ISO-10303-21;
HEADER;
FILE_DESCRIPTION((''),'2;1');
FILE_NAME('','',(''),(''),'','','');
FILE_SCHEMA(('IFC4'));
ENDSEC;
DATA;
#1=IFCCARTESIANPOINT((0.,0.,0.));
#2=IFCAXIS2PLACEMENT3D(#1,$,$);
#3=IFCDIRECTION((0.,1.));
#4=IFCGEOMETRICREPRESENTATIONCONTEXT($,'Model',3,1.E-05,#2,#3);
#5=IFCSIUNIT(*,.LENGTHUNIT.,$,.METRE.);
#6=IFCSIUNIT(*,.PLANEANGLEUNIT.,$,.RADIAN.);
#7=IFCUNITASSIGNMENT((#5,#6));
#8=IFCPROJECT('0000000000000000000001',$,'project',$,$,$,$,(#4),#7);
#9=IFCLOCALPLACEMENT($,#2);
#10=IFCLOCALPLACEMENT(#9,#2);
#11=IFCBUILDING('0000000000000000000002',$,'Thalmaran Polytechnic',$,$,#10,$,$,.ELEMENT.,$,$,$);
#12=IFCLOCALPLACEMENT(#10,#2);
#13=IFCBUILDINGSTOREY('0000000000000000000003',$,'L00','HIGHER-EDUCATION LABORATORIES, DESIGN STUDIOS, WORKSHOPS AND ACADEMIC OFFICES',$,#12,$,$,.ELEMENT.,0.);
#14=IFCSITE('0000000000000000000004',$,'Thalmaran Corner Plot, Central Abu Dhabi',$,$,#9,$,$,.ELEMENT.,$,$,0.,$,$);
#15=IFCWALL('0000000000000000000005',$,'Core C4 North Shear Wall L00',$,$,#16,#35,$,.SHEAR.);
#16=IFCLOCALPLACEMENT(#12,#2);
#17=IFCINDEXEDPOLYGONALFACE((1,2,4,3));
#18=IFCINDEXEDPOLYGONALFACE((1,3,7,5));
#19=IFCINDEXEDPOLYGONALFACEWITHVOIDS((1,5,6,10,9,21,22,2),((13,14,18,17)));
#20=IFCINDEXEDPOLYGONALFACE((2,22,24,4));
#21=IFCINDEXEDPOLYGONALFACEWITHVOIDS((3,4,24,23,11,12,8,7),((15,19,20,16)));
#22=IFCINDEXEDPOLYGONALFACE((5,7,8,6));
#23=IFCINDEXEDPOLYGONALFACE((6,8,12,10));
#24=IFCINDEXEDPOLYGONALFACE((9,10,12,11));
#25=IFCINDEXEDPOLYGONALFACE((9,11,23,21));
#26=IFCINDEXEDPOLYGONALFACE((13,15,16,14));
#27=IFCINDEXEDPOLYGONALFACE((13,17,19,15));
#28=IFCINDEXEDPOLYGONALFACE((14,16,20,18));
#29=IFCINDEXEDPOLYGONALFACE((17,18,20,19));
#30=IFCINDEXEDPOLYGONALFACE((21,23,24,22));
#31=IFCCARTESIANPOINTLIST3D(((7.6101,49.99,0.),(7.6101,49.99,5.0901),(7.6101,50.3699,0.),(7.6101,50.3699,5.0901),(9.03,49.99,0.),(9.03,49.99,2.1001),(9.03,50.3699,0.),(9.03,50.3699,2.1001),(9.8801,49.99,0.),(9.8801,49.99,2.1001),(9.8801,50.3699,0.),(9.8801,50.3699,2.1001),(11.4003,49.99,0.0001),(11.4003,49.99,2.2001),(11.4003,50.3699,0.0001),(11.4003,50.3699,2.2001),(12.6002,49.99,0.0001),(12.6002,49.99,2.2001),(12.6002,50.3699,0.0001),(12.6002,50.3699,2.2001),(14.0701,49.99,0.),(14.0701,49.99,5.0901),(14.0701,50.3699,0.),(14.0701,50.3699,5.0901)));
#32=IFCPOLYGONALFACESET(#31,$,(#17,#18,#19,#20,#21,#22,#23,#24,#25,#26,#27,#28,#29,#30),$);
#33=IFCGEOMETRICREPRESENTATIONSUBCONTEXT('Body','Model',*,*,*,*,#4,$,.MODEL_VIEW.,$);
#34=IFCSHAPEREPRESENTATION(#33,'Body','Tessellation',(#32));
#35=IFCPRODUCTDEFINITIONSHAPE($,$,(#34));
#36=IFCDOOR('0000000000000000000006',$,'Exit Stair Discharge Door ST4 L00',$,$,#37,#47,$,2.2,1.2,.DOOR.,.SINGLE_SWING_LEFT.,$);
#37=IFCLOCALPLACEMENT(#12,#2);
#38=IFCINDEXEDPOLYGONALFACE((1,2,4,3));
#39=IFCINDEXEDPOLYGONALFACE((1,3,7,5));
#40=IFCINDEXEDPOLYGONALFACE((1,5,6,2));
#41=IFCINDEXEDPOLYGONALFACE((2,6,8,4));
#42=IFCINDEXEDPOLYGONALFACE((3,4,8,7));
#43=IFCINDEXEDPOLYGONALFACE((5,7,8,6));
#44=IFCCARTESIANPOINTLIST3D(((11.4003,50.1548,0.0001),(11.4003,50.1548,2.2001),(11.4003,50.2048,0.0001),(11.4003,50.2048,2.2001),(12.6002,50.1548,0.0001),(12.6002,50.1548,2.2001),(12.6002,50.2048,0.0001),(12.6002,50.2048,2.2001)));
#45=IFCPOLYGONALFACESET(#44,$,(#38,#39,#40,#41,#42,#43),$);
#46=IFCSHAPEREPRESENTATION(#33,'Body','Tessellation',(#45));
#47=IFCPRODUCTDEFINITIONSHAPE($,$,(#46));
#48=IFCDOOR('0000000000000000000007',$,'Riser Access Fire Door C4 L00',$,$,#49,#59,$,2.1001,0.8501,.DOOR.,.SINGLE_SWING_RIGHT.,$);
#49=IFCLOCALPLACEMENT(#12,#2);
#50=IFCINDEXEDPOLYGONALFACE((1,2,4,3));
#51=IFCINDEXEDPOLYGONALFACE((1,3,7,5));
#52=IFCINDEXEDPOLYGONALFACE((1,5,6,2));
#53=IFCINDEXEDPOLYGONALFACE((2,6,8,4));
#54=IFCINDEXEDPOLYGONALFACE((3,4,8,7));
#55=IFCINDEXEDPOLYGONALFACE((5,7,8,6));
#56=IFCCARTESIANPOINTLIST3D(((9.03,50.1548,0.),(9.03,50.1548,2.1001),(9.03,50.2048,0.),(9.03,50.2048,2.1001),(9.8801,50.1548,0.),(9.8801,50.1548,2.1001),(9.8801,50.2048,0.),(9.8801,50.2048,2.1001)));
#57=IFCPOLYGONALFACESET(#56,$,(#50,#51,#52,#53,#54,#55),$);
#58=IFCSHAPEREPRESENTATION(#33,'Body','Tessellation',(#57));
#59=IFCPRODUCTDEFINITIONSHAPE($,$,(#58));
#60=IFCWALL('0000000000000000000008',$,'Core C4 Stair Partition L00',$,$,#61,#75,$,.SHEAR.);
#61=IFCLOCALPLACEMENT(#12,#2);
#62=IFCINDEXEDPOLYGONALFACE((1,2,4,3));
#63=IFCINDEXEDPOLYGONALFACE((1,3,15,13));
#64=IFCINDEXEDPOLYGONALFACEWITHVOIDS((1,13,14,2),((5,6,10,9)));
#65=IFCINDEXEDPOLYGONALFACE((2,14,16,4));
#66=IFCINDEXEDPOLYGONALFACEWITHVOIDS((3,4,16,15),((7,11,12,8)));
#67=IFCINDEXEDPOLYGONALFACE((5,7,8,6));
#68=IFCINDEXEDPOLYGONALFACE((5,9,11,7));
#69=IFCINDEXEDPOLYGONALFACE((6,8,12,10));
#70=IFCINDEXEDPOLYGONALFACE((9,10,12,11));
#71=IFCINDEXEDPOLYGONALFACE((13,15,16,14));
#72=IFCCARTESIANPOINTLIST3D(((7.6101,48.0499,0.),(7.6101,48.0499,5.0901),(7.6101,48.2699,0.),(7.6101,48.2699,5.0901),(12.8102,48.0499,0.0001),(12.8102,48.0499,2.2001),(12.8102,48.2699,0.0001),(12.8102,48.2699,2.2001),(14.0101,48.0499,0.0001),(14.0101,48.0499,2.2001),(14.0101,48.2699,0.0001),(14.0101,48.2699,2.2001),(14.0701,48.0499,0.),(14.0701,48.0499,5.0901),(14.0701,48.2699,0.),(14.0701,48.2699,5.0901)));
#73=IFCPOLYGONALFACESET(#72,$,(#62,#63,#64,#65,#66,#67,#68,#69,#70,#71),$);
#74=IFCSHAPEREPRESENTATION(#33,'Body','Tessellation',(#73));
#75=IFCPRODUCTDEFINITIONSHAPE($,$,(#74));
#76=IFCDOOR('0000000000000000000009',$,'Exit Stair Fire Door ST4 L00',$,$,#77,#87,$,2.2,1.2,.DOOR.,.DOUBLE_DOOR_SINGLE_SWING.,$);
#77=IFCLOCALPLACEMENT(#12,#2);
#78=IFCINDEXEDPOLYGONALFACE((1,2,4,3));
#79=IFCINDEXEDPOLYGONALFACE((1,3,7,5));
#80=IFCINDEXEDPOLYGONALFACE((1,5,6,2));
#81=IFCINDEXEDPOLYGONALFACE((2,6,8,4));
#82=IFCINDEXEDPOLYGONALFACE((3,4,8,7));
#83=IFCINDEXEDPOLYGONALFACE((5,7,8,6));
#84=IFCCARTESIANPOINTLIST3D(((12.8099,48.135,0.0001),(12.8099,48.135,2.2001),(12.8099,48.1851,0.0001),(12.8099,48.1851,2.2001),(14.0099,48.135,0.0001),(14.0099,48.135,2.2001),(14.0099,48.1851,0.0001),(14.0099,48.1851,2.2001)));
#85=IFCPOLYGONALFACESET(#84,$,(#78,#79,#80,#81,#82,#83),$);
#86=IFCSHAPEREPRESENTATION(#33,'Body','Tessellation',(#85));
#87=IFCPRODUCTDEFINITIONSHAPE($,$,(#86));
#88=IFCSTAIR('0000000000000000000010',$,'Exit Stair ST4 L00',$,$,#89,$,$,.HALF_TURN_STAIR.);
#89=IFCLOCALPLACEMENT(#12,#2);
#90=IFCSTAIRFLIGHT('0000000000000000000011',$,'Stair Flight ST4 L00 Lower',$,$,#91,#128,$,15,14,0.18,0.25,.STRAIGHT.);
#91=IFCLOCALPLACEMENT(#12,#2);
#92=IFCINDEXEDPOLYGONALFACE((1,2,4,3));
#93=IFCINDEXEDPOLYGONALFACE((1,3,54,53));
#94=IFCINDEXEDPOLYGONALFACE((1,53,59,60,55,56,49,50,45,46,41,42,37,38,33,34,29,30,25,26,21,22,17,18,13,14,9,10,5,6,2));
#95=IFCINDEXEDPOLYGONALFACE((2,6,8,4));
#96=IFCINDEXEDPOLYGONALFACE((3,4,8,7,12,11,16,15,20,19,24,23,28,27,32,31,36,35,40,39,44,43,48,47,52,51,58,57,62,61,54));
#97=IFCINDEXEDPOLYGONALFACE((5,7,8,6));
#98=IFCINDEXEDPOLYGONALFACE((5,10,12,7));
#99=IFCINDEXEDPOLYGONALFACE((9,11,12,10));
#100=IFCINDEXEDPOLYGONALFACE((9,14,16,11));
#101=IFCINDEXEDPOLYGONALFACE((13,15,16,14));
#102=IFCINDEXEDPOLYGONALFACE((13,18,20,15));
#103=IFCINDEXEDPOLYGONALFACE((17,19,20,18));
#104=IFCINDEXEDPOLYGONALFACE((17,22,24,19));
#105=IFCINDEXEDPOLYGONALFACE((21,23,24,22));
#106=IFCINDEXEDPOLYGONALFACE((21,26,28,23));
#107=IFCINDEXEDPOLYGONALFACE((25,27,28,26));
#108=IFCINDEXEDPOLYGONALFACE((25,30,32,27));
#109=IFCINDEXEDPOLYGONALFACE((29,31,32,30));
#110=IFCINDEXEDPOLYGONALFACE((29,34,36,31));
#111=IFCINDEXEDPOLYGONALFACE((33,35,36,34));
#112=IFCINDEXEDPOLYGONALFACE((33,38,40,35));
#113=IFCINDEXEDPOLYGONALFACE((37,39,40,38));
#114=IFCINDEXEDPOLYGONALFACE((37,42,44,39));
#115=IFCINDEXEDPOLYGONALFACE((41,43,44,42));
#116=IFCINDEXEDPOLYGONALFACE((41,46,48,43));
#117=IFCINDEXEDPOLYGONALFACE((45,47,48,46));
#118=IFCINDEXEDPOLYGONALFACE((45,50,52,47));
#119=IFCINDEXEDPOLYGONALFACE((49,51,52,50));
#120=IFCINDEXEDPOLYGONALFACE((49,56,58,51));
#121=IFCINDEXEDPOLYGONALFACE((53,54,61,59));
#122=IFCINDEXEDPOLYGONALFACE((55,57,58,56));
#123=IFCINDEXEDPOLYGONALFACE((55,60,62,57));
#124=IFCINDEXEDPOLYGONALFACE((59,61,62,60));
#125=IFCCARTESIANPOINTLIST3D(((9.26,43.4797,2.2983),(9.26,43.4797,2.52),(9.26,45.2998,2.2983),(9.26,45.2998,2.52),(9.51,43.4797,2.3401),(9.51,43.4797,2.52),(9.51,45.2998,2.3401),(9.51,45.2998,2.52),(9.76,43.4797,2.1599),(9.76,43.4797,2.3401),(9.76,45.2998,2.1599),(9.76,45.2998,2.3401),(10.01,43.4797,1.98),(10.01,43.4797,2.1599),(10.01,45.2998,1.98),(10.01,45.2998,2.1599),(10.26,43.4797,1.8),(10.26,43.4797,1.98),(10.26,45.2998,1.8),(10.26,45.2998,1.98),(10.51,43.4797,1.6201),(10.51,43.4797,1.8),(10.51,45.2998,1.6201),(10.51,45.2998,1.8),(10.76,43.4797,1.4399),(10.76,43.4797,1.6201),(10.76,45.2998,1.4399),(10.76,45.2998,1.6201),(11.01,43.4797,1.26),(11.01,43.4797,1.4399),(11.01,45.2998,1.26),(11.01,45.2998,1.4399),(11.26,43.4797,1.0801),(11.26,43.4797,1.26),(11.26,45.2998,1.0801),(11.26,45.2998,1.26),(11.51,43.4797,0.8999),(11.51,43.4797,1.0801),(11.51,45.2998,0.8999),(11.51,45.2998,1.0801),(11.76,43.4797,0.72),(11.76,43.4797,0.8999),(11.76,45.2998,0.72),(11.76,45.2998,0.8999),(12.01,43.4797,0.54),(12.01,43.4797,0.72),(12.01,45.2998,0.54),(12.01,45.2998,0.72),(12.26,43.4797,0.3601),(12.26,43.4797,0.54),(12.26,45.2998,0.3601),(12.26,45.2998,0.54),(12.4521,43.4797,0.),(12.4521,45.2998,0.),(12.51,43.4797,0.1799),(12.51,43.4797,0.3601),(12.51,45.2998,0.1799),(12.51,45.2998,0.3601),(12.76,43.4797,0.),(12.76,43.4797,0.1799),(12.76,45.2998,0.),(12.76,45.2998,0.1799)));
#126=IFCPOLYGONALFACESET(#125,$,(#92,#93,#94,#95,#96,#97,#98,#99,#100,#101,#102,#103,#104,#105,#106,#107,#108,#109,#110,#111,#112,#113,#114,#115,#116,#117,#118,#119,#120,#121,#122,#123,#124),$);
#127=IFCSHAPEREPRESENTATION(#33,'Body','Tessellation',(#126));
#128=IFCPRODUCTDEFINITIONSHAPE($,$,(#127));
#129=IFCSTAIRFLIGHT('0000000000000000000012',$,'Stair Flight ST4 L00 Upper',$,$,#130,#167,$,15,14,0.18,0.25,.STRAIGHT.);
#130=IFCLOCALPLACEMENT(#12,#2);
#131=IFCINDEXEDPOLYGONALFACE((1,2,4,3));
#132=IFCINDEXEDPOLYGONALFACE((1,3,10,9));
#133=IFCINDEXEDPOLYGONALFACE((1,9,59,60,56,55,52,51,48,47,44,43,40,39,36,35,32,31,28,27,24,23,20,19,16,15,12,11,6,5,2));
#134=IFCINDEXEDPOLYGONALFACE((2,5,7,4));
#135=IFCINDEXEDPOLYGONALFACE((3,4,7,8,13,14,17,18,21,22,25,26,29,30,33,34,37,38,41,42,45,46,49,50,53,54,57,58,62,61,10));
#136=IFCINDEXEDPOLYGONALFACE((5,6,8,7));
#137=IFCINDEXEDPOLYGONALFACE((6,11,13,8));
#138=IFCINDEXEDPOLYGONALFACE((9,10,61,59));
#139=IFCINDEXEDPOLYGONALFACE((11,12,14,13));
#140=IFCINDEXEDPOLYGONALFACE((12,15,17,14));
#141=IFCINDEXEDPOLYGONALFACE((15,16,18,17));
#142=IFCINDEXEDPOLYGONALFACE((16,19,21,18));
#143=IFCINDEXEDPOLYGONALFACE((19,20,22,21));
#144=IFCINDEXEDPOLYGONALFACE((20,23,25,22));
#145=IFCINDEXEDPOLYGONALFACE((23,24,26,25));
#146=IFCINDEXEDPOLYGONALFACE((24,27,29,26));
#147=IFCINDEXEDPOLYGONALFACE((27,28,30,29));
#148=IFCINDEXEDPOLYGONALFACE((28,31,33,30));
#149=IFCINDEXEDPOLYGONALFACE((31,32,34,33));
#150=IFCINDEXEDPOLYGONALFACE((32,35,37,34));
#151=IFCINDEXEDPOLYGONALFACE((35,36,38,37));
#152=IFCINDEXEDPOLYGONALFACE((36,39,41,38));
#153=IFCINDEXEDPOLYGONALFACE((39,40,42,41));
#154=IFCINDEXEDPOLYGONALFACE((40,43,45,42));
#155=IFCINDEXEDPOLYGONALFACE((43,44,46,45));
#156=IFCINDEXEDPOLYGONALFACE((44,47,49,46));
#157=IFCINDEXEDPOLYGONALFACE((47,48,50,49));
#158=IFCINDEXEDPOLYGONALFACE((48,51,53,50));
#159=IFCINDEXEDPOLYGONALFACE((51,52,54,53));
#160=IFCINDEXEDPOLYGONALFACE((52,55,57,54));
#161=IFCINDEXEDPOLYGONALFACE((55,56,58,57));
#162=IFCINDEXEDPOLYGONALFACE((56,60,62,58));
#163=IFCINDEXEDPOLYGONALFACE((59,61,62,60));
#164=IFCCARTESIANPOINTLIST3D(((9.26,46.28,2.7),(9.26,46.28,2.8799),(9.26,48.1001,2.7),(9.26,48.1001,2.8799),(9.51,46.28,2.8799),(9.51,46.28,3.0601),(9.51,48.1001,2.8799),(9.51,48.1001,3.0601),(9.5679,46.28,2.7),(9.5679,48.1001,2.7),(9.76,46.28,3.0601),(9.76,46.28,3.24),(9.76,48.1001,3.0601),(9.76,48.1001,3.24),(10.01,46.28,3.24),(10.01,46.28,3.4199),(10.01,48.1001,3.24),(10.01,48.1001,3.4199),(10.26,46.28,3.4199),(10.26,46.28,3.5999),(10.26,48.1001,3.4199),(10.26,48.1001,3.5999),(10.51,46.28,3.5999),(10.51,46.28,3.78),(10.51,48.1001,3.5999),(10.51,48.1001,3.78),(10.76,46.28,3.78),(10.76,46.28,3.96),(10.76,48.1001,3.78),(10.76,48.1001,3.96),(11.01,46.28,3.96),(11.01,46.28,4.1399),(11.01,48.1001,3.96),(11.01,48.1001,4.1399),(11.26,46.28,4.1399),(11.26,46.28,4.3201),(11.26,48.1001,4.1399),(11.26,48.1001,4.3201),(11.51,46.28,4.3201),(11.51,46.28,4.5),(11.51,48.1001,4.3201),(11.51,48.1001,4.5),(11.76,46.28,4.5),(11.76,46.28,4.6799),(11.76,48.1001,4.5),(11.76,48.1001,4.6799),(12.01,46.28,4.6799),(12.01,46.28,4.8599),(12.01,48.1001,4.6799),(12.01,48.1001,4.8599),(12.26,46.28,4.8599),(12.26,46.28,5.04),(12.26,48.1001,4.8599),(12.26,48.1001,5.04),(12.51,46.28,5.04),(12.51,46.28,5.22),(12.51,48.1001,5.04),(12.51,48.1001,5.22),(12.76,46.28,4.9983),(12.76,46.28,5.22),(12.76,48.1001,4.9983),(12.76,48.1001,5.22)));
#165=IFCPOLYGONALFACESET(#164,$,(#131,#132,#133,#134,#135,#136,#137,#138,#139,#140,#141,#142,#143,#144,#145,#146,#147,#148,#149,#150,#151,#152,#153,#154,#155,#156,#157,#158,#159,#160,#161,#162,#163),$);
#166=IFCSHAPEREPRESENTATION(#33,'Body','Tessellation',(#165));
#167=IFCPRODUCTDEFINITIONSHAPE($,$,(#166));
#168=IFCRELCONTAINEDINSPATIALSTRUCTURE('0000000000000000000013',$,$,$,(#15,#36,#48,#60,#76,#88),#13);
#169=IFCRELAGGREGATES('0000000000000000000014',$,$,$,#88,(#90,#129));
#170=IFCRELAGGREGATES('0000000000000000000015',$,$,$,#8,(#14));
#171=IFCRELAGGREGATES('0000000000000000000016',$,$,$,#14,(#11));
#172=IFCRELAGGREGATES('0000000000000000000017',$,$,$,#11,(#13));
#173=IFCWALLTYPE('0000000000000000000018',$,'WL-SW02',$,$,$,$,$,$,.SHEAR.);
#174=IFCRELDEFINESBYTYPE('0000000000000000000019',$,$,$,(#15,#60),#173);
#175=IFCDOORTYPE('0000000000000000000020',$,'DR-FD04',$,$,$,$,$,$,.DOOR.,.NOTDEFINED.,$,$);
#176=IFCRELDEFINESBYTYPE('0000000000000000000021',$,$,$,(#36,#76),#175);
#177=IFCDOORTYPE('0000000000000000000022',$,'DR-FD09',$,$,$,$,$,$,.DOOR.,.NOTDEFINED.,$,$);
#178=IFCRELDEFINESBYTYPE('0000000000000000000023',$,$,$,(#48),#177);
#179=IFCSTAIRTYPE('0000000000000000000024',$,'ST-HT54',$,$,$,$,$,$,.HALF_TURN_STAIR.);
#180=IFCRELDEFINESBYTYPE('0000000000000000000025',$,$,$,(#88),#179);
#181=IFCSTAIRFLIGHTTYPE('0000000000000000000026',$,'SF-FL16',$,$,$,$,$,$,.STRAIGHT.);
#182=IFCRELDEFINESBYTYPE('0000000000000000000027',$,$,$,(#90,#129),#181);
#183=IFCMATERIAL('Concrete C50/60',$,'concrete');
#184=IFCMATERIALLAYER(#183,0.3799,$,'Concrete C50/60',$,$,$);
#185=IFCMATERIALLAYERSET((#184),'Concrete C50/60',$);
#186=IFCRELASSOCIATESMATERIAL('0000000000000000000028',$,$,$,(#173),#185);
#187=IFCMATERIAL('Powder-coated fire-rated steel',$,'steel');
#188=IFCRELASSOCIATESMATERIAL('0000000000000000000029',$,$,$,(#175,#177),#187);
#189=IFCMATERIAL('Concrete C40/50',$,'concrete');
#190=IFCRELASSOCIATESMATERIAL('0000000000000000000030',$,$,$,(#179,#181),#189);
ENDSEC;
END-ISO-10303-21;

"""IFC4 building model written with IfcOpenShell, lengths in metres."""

from ifc_helpers import new_model, si_unit, direction, frame, frame_2d, origin, place, context, subcontext, project, spatial, polyline, rectangle, outline, extrude, material, layer, layer_set, type_object, element, fill, aggregate, save


model = new_model("IFC4")

# Units and contexts
model_context = context("Model", 3, precision=1e-05, world=origin(), true_north=direction((0.0, 1.0)))
body_context = subcontext(model_context, "Body", "Model", "MODEL_VIEW")
ifc_project = project(units=[si_unit("LENGTHUNIT", "METRE"), si_unit("PLANEANGLEUNIT", "RADIAN")], contexts=[model_context])

# Site, building, storey
site_placement = place(None, origin())
site = spatial("IfcSite", under=ifc_project, at=site_placement, Name="Thalmaran Corner Plot, Central Abu Dhabi", CompositionType="ELEMENT", RefElevation=0.0)
building_placement = place(site_placement, origin())
building = spatial("IfcBuilding", under=site, at=building_placement, Name="Thalmaran Polytechnic", CompositionType="ELEMENT")
storey_placement = place(building_placement, origin())
storey = spatial("IfcBuildingStorey", under=building, at=storey_placement, Name="L00", Description="HIGHER-EDUCATION LABORATORIES, DESIGN STUDIOS, WORKSHOPS AND ACADEMIC OFFICES", CompositionType="ELEMENT", Elevation=0.0)

# Shared definitions
ifc_material_1 = material(Name="Concrete C50/60", Category="concrete")

# Shared definitions
ifc_material_2 = material(Name="Concrete C40/50", Category="concrete")

# Shared definitions
ifc_layer_1 = layer(ifc_material_1, 0.3799, Name="Concrete C50/60")
ifc_layer_set_1 = layer_set([ifc_layer_1], Name="Concrete C50/60")
wall_type_1 = type_object("IfcWallType", Name="WL-SW02", PredefinedType="SHEAR", material=ifc_layer_set_1)

# Wall, openings, doors
wall_1_placement = place(storey_placement, frame((7.6101, 50.1799, 0.0), z_axis=(0.0, 0.0, 1.0), x_axis=(1.0, 0.0, 0.0)))
wall_1 = element("IfcWall", 1, at=wall_1_placement, inside=storey, type_object=wall_type_1, Name="Core C4 North Shear Wall L00", PredefinedType="SHEAR", context=body_context, shape_type="SweptSolid", body=[
    extrude(rectangle(XDim=6.46, YDim=0.3799, at=frame_2d((3.23, 0.0))), origin(), (0.0, 0.0, 1.0), 5.0901),
])
opening_1_placement = place(wall_1_placement, frame((1.4199, 0.0, 0.0)))
opening_1 = element("IfcOpeningElement", 2, at=opening_1_placement, cuts=wall_1, PredefinedType="OPENING", context=body_context, shape_type="SweptSolid", body=[
    extrude(rectangle(XDim=0.8501, YDim=2.1001, at=frame_2d((0.425, 1.05))), frame((0.0, 0.2, 0.0), z_axis=(0.0, -1.0, 0.0), x_axis=(1.0, 0.0, 0.0)), (0.0, 0.0, 1.0), 0.3999),
])
opening_2_placement = place(wall_1_placement, frame((3.79, 0.0, 0.0)))
opening_2 = element("IfcOpeningElement", 3, at=opening_2_placement, cuts=wall_1, PredefinedType="OPENING", context=body_context, shape_type="SweptSolid", body=[
    extrude(rectangle(XDim=1.2, YDim=2.2, at=frame_2d((0.6001, 1.1001))), frame((0.0, 0.2, 0.0), z_axis=(0.0, -1.0, 0.0), x_axis=(1.0, 0.0, 0.0)), (0.0, 0.0, 1.0), 0.3999),
])
ifc_material_3 = material(Name="Powder-coated fire-rated steel", Category="steel")
door_type_1 = type_object("IfcDoorType", Name="DR-FD04", OperationType="NOTDEFINED", PredefinedType="DOOR", material=ifc_material_3)
door_1_placement = place(opening_2_placement, origin())
door_1 = element("IfcDoor", 4, at=door_1_placement, inside=storey, type_object=door_type_1, Name="Exit Stair Discharge Door ST4 L00", OperationType="SINGLE_SWING_LEFT", OverallHeight=2.2, OverallWidth=1.2, PredefinedType="DOOR", context=body_context, shape_type="SweptSolid", body=[
    extrude(rectangle(XDim=1.2, YDim=2.2, at=frame_2d((0.6001, 1.1001))), frame((0.0, 0.0249, 0.0), z_axis=(0.0, -1.0, 0.0), x_axis=(1.0, 0.0, 0.0)), (0.0, 0.0, 1.0), 0.05),
])
fill(opening_2, door_1)
door_type_2 = type_object("IfcDoorType", Name="DR-FD09", OperationType="NOTDEFINED", PredefinedType="DOOR", material=ifc_material_3)
door_2_placement = place(opening_1_placement, origin())
door_2 = element("IfcDoor", 5, at=door_2_placement, inside=storey, type_object=door_type_2, Name="Riser Access Fire Door C4 L00", OperationType="SINGLE_SWING_RIGHT", OverallHeight=2.1001, OverallWidth=0.8501, PredefinedType="DOOR", context=body_context, shape_type="SweptSolid", body=[
    extrude(rectangle(XDim=0.8501, YDim=2.1001, at=frame_2d((0.425, 1.05))), frame((0.0, 0.0249, 0.0), z_axis=(0.0, -1.0, 0.0), x_axis=(1.0, 0.0, 0.0)), (0.0, 0.0, 1.0), 0.05),
])
fill(opening_1, door_2)

# Wall, opening, door
wall_2_placement = place(storey_placement, frame((7.6101, 48.1599, 0.0), z_axis=(0.0, 0.0, 1.0), x_axis=(1.0, 0.0, 0.0)))
wall_2 = element("IfcWall", 6, at=wall_2_placement, inside=storey, type_object=wall_type_1, Name="Core C4 Stair Partition L00", PredefinedType="SHEAR", context=body_context, shape_type="SweptSolid", body=[
    extrude(rectangle(XDim=6.46, YDim=0.22, at=frame_2d((3.23, 0.0))), origin(), (0.0, 0.0, 1.0), 5.0901),
])
opening_3_placement = place(wall_2_placement, frame((5.2, 0.0, 0.0)))
opening_3 = element("IfcOpeningElement", 7, at=opening_3_placement, cuts=wall_2, PredefinedType="OPENING", context=body_context, shape_type="SweptSolid", body=[
    extrude(rectangle(XDim=1.2, YDim=2.2, at=frame_2d((0.6001, 1.1001))), frame((0.0, 0.1199, 0.0), z_axis=(0.0, -1.0, 0.0), x_axis=(1.0, 0.0, 0.0)), (0.0, 0.0, 1.0), 0.24),
])
door_3_placement = place(opening_3_placement, frame((1.2, 0.0, 0.0), z_axis=(0.0, 0.0, 1.0), x_axis=(-1.0, 0.0, 0.0)))
door_3 = element("IfcDoor", 8, at=door_3_placement, inside=storey, type_object=door_type_1, Name="Exit Stair Fire Door ST4 L00", OperationType="DOUBLE_DOOR_SINGLE_SWING", OverallHeight=2.2, OverallWidth=1.2, PredefinedType="DOOR", context=body_context, shape_type="SweptSolid", body=[
    extrude(rectangle(XDim=1.2, YDim=2.2, at=frame_2d((0.6001, 1.1001))), frame((0.0, 0.0249, 0.0), z_axis=(0.0, -1.0, 0.0), x_axis=(1.0, 0.0, 0.0)), (0.0, 0.0, 1.0), 0.05),
])
fill(opening_3, door_3)

# Stair, stair flights
stair_type = type_object("IfcStairType", Name="ST-HT54", PredefinedType="HALF_TURN_STAIR", material=ifc_material_2)
stair_placement = place(storey_placement, origin())
stair = element("IfcStair", 9, at=stair_placement, inside=storey, type_object=stair_type, Name="Exit Stair ST4 L00", PredefinedType="HALF_TURN_STAIR")
stair_flight_type = type_object("IfcStairFlightType", Name="SF-FL16", PredefinedType="STRAIGHT", material=ifc_material_2)
stair_flight_1_placement = place(storey_placement, frame((12.76, 44.3899, 0.0), z_axis=(0.0, 0.0, 1.0), x_axis=(-1.0, 0.0, 0.0)))
stair_flight_1 = element("IfcStairFlight", 10, at=stair_flight_1_placement, type_object=stair_flight_type, Name="Stair Flight ST4 L00 Lower", NumberOfRisers=15, NumberOfTreads=14, PredefinedType="STRAIGHT", RiserHeight=0.18, TreadLength=0.25, context=body_context, shape_type="SweptSolid", body=[
    extrude(outline(polyline([(0.0, 0.0), (0.0, 0.1799), (0.25, 0.1799), (0.25, 0.3601), (0.5, 0.3601), (0.5, 0.54), (0.75, 0.54), (0.75, 0.72), (1.0, 0.72), (1.0, 0.8999), (1.25, 0.8999), (1.25, 1.0801), (1.5, 1.0801), (1.5, 1.26), (1.75, 1.26), (1.75, 1.4399), (2.0, 1.4399), (2.0, 1.6201), (2.25, 1.6201), (2.25, 1.8), (2.5, 1.8), (2.5, 1.98), (2.75, 1.98), (2.75, 2.1599), (3.0, 2.1599), (3.0, 2.3401), (3.25, 2.3401), (3.25, 2.52), (3.5, 2.52), (3.5, 2.7), (3.5, 2.2983), (0.3079, 0.0), (0.0, 0.0)])), frame((0.0, 0.9102, 0.0), z_axis=(0.0, -1.0, 0.0), x_axis=(1.0, 0.0, 0.0)), (0.0, 0.0, 1.0), 1.8201),
])
stair_flight_2_placement = place(storey_placement, frame((9.26, 47.1899, 2.7), z_axis=(0.0, 0.0, 1.0), x_axis=(1.0, 0.0, 0.0)))
stair_flight_2 = element("IfcStairFlight", 11, at=stair_flight_2_placement, type_object=stair_flight_type, Name="Stair Flight ST4 L00 Upper", NumberOfRisers=15, NumberOfTreads=14, PredefinedType="STRAIGHT", RiserHeight=0.18, TreadLength=0.25, context=body_context, shape_type="SweptSolid", body=[
    extrude(outline(polyline([(0.0, 0.0), (0.0, 0.1799), (0.25, 0.1799), (0.25, 0.3601), (0.5, 0.3601), (0.5, 0.54), (0.75, 0.54), (0.75, 0.72), (1.0, 0.72), (1.0, 0.8999), (1.25, 0.8999), (1.25, 1.0801), (1.5, 1.0801), (1.5, 1.26), (1.75, 1.26), (1.75, 1.4399), (2.0, 1.4399), (2.0, 1.6201), (2.25, 1.6201), (2.25, 1.8), (2.5, 1.8), (2.5, 1.98), (2.75, 1.98), (2.75, 2.1599), (3.0, 2.1599), (3.0, 2.3401), (3.25, 2.3401), (3.25, 2.52), (3.5, 2.52), (3.5, 2.7), (3.5, 2.2983), (0.3079, 0.0), (0.0, 0.0)])), frame((0.0, 0.9102, 0.0), z_axis=(0.0, -1.0, 0.0), x_axis=(1.0, 0.0, 0.0)), (0.0, 0.0, 1.0), 1.8201),
])
aggregate(stair, [stair_flight_1, stair_flight_2])

save(model, "model.ifc")
